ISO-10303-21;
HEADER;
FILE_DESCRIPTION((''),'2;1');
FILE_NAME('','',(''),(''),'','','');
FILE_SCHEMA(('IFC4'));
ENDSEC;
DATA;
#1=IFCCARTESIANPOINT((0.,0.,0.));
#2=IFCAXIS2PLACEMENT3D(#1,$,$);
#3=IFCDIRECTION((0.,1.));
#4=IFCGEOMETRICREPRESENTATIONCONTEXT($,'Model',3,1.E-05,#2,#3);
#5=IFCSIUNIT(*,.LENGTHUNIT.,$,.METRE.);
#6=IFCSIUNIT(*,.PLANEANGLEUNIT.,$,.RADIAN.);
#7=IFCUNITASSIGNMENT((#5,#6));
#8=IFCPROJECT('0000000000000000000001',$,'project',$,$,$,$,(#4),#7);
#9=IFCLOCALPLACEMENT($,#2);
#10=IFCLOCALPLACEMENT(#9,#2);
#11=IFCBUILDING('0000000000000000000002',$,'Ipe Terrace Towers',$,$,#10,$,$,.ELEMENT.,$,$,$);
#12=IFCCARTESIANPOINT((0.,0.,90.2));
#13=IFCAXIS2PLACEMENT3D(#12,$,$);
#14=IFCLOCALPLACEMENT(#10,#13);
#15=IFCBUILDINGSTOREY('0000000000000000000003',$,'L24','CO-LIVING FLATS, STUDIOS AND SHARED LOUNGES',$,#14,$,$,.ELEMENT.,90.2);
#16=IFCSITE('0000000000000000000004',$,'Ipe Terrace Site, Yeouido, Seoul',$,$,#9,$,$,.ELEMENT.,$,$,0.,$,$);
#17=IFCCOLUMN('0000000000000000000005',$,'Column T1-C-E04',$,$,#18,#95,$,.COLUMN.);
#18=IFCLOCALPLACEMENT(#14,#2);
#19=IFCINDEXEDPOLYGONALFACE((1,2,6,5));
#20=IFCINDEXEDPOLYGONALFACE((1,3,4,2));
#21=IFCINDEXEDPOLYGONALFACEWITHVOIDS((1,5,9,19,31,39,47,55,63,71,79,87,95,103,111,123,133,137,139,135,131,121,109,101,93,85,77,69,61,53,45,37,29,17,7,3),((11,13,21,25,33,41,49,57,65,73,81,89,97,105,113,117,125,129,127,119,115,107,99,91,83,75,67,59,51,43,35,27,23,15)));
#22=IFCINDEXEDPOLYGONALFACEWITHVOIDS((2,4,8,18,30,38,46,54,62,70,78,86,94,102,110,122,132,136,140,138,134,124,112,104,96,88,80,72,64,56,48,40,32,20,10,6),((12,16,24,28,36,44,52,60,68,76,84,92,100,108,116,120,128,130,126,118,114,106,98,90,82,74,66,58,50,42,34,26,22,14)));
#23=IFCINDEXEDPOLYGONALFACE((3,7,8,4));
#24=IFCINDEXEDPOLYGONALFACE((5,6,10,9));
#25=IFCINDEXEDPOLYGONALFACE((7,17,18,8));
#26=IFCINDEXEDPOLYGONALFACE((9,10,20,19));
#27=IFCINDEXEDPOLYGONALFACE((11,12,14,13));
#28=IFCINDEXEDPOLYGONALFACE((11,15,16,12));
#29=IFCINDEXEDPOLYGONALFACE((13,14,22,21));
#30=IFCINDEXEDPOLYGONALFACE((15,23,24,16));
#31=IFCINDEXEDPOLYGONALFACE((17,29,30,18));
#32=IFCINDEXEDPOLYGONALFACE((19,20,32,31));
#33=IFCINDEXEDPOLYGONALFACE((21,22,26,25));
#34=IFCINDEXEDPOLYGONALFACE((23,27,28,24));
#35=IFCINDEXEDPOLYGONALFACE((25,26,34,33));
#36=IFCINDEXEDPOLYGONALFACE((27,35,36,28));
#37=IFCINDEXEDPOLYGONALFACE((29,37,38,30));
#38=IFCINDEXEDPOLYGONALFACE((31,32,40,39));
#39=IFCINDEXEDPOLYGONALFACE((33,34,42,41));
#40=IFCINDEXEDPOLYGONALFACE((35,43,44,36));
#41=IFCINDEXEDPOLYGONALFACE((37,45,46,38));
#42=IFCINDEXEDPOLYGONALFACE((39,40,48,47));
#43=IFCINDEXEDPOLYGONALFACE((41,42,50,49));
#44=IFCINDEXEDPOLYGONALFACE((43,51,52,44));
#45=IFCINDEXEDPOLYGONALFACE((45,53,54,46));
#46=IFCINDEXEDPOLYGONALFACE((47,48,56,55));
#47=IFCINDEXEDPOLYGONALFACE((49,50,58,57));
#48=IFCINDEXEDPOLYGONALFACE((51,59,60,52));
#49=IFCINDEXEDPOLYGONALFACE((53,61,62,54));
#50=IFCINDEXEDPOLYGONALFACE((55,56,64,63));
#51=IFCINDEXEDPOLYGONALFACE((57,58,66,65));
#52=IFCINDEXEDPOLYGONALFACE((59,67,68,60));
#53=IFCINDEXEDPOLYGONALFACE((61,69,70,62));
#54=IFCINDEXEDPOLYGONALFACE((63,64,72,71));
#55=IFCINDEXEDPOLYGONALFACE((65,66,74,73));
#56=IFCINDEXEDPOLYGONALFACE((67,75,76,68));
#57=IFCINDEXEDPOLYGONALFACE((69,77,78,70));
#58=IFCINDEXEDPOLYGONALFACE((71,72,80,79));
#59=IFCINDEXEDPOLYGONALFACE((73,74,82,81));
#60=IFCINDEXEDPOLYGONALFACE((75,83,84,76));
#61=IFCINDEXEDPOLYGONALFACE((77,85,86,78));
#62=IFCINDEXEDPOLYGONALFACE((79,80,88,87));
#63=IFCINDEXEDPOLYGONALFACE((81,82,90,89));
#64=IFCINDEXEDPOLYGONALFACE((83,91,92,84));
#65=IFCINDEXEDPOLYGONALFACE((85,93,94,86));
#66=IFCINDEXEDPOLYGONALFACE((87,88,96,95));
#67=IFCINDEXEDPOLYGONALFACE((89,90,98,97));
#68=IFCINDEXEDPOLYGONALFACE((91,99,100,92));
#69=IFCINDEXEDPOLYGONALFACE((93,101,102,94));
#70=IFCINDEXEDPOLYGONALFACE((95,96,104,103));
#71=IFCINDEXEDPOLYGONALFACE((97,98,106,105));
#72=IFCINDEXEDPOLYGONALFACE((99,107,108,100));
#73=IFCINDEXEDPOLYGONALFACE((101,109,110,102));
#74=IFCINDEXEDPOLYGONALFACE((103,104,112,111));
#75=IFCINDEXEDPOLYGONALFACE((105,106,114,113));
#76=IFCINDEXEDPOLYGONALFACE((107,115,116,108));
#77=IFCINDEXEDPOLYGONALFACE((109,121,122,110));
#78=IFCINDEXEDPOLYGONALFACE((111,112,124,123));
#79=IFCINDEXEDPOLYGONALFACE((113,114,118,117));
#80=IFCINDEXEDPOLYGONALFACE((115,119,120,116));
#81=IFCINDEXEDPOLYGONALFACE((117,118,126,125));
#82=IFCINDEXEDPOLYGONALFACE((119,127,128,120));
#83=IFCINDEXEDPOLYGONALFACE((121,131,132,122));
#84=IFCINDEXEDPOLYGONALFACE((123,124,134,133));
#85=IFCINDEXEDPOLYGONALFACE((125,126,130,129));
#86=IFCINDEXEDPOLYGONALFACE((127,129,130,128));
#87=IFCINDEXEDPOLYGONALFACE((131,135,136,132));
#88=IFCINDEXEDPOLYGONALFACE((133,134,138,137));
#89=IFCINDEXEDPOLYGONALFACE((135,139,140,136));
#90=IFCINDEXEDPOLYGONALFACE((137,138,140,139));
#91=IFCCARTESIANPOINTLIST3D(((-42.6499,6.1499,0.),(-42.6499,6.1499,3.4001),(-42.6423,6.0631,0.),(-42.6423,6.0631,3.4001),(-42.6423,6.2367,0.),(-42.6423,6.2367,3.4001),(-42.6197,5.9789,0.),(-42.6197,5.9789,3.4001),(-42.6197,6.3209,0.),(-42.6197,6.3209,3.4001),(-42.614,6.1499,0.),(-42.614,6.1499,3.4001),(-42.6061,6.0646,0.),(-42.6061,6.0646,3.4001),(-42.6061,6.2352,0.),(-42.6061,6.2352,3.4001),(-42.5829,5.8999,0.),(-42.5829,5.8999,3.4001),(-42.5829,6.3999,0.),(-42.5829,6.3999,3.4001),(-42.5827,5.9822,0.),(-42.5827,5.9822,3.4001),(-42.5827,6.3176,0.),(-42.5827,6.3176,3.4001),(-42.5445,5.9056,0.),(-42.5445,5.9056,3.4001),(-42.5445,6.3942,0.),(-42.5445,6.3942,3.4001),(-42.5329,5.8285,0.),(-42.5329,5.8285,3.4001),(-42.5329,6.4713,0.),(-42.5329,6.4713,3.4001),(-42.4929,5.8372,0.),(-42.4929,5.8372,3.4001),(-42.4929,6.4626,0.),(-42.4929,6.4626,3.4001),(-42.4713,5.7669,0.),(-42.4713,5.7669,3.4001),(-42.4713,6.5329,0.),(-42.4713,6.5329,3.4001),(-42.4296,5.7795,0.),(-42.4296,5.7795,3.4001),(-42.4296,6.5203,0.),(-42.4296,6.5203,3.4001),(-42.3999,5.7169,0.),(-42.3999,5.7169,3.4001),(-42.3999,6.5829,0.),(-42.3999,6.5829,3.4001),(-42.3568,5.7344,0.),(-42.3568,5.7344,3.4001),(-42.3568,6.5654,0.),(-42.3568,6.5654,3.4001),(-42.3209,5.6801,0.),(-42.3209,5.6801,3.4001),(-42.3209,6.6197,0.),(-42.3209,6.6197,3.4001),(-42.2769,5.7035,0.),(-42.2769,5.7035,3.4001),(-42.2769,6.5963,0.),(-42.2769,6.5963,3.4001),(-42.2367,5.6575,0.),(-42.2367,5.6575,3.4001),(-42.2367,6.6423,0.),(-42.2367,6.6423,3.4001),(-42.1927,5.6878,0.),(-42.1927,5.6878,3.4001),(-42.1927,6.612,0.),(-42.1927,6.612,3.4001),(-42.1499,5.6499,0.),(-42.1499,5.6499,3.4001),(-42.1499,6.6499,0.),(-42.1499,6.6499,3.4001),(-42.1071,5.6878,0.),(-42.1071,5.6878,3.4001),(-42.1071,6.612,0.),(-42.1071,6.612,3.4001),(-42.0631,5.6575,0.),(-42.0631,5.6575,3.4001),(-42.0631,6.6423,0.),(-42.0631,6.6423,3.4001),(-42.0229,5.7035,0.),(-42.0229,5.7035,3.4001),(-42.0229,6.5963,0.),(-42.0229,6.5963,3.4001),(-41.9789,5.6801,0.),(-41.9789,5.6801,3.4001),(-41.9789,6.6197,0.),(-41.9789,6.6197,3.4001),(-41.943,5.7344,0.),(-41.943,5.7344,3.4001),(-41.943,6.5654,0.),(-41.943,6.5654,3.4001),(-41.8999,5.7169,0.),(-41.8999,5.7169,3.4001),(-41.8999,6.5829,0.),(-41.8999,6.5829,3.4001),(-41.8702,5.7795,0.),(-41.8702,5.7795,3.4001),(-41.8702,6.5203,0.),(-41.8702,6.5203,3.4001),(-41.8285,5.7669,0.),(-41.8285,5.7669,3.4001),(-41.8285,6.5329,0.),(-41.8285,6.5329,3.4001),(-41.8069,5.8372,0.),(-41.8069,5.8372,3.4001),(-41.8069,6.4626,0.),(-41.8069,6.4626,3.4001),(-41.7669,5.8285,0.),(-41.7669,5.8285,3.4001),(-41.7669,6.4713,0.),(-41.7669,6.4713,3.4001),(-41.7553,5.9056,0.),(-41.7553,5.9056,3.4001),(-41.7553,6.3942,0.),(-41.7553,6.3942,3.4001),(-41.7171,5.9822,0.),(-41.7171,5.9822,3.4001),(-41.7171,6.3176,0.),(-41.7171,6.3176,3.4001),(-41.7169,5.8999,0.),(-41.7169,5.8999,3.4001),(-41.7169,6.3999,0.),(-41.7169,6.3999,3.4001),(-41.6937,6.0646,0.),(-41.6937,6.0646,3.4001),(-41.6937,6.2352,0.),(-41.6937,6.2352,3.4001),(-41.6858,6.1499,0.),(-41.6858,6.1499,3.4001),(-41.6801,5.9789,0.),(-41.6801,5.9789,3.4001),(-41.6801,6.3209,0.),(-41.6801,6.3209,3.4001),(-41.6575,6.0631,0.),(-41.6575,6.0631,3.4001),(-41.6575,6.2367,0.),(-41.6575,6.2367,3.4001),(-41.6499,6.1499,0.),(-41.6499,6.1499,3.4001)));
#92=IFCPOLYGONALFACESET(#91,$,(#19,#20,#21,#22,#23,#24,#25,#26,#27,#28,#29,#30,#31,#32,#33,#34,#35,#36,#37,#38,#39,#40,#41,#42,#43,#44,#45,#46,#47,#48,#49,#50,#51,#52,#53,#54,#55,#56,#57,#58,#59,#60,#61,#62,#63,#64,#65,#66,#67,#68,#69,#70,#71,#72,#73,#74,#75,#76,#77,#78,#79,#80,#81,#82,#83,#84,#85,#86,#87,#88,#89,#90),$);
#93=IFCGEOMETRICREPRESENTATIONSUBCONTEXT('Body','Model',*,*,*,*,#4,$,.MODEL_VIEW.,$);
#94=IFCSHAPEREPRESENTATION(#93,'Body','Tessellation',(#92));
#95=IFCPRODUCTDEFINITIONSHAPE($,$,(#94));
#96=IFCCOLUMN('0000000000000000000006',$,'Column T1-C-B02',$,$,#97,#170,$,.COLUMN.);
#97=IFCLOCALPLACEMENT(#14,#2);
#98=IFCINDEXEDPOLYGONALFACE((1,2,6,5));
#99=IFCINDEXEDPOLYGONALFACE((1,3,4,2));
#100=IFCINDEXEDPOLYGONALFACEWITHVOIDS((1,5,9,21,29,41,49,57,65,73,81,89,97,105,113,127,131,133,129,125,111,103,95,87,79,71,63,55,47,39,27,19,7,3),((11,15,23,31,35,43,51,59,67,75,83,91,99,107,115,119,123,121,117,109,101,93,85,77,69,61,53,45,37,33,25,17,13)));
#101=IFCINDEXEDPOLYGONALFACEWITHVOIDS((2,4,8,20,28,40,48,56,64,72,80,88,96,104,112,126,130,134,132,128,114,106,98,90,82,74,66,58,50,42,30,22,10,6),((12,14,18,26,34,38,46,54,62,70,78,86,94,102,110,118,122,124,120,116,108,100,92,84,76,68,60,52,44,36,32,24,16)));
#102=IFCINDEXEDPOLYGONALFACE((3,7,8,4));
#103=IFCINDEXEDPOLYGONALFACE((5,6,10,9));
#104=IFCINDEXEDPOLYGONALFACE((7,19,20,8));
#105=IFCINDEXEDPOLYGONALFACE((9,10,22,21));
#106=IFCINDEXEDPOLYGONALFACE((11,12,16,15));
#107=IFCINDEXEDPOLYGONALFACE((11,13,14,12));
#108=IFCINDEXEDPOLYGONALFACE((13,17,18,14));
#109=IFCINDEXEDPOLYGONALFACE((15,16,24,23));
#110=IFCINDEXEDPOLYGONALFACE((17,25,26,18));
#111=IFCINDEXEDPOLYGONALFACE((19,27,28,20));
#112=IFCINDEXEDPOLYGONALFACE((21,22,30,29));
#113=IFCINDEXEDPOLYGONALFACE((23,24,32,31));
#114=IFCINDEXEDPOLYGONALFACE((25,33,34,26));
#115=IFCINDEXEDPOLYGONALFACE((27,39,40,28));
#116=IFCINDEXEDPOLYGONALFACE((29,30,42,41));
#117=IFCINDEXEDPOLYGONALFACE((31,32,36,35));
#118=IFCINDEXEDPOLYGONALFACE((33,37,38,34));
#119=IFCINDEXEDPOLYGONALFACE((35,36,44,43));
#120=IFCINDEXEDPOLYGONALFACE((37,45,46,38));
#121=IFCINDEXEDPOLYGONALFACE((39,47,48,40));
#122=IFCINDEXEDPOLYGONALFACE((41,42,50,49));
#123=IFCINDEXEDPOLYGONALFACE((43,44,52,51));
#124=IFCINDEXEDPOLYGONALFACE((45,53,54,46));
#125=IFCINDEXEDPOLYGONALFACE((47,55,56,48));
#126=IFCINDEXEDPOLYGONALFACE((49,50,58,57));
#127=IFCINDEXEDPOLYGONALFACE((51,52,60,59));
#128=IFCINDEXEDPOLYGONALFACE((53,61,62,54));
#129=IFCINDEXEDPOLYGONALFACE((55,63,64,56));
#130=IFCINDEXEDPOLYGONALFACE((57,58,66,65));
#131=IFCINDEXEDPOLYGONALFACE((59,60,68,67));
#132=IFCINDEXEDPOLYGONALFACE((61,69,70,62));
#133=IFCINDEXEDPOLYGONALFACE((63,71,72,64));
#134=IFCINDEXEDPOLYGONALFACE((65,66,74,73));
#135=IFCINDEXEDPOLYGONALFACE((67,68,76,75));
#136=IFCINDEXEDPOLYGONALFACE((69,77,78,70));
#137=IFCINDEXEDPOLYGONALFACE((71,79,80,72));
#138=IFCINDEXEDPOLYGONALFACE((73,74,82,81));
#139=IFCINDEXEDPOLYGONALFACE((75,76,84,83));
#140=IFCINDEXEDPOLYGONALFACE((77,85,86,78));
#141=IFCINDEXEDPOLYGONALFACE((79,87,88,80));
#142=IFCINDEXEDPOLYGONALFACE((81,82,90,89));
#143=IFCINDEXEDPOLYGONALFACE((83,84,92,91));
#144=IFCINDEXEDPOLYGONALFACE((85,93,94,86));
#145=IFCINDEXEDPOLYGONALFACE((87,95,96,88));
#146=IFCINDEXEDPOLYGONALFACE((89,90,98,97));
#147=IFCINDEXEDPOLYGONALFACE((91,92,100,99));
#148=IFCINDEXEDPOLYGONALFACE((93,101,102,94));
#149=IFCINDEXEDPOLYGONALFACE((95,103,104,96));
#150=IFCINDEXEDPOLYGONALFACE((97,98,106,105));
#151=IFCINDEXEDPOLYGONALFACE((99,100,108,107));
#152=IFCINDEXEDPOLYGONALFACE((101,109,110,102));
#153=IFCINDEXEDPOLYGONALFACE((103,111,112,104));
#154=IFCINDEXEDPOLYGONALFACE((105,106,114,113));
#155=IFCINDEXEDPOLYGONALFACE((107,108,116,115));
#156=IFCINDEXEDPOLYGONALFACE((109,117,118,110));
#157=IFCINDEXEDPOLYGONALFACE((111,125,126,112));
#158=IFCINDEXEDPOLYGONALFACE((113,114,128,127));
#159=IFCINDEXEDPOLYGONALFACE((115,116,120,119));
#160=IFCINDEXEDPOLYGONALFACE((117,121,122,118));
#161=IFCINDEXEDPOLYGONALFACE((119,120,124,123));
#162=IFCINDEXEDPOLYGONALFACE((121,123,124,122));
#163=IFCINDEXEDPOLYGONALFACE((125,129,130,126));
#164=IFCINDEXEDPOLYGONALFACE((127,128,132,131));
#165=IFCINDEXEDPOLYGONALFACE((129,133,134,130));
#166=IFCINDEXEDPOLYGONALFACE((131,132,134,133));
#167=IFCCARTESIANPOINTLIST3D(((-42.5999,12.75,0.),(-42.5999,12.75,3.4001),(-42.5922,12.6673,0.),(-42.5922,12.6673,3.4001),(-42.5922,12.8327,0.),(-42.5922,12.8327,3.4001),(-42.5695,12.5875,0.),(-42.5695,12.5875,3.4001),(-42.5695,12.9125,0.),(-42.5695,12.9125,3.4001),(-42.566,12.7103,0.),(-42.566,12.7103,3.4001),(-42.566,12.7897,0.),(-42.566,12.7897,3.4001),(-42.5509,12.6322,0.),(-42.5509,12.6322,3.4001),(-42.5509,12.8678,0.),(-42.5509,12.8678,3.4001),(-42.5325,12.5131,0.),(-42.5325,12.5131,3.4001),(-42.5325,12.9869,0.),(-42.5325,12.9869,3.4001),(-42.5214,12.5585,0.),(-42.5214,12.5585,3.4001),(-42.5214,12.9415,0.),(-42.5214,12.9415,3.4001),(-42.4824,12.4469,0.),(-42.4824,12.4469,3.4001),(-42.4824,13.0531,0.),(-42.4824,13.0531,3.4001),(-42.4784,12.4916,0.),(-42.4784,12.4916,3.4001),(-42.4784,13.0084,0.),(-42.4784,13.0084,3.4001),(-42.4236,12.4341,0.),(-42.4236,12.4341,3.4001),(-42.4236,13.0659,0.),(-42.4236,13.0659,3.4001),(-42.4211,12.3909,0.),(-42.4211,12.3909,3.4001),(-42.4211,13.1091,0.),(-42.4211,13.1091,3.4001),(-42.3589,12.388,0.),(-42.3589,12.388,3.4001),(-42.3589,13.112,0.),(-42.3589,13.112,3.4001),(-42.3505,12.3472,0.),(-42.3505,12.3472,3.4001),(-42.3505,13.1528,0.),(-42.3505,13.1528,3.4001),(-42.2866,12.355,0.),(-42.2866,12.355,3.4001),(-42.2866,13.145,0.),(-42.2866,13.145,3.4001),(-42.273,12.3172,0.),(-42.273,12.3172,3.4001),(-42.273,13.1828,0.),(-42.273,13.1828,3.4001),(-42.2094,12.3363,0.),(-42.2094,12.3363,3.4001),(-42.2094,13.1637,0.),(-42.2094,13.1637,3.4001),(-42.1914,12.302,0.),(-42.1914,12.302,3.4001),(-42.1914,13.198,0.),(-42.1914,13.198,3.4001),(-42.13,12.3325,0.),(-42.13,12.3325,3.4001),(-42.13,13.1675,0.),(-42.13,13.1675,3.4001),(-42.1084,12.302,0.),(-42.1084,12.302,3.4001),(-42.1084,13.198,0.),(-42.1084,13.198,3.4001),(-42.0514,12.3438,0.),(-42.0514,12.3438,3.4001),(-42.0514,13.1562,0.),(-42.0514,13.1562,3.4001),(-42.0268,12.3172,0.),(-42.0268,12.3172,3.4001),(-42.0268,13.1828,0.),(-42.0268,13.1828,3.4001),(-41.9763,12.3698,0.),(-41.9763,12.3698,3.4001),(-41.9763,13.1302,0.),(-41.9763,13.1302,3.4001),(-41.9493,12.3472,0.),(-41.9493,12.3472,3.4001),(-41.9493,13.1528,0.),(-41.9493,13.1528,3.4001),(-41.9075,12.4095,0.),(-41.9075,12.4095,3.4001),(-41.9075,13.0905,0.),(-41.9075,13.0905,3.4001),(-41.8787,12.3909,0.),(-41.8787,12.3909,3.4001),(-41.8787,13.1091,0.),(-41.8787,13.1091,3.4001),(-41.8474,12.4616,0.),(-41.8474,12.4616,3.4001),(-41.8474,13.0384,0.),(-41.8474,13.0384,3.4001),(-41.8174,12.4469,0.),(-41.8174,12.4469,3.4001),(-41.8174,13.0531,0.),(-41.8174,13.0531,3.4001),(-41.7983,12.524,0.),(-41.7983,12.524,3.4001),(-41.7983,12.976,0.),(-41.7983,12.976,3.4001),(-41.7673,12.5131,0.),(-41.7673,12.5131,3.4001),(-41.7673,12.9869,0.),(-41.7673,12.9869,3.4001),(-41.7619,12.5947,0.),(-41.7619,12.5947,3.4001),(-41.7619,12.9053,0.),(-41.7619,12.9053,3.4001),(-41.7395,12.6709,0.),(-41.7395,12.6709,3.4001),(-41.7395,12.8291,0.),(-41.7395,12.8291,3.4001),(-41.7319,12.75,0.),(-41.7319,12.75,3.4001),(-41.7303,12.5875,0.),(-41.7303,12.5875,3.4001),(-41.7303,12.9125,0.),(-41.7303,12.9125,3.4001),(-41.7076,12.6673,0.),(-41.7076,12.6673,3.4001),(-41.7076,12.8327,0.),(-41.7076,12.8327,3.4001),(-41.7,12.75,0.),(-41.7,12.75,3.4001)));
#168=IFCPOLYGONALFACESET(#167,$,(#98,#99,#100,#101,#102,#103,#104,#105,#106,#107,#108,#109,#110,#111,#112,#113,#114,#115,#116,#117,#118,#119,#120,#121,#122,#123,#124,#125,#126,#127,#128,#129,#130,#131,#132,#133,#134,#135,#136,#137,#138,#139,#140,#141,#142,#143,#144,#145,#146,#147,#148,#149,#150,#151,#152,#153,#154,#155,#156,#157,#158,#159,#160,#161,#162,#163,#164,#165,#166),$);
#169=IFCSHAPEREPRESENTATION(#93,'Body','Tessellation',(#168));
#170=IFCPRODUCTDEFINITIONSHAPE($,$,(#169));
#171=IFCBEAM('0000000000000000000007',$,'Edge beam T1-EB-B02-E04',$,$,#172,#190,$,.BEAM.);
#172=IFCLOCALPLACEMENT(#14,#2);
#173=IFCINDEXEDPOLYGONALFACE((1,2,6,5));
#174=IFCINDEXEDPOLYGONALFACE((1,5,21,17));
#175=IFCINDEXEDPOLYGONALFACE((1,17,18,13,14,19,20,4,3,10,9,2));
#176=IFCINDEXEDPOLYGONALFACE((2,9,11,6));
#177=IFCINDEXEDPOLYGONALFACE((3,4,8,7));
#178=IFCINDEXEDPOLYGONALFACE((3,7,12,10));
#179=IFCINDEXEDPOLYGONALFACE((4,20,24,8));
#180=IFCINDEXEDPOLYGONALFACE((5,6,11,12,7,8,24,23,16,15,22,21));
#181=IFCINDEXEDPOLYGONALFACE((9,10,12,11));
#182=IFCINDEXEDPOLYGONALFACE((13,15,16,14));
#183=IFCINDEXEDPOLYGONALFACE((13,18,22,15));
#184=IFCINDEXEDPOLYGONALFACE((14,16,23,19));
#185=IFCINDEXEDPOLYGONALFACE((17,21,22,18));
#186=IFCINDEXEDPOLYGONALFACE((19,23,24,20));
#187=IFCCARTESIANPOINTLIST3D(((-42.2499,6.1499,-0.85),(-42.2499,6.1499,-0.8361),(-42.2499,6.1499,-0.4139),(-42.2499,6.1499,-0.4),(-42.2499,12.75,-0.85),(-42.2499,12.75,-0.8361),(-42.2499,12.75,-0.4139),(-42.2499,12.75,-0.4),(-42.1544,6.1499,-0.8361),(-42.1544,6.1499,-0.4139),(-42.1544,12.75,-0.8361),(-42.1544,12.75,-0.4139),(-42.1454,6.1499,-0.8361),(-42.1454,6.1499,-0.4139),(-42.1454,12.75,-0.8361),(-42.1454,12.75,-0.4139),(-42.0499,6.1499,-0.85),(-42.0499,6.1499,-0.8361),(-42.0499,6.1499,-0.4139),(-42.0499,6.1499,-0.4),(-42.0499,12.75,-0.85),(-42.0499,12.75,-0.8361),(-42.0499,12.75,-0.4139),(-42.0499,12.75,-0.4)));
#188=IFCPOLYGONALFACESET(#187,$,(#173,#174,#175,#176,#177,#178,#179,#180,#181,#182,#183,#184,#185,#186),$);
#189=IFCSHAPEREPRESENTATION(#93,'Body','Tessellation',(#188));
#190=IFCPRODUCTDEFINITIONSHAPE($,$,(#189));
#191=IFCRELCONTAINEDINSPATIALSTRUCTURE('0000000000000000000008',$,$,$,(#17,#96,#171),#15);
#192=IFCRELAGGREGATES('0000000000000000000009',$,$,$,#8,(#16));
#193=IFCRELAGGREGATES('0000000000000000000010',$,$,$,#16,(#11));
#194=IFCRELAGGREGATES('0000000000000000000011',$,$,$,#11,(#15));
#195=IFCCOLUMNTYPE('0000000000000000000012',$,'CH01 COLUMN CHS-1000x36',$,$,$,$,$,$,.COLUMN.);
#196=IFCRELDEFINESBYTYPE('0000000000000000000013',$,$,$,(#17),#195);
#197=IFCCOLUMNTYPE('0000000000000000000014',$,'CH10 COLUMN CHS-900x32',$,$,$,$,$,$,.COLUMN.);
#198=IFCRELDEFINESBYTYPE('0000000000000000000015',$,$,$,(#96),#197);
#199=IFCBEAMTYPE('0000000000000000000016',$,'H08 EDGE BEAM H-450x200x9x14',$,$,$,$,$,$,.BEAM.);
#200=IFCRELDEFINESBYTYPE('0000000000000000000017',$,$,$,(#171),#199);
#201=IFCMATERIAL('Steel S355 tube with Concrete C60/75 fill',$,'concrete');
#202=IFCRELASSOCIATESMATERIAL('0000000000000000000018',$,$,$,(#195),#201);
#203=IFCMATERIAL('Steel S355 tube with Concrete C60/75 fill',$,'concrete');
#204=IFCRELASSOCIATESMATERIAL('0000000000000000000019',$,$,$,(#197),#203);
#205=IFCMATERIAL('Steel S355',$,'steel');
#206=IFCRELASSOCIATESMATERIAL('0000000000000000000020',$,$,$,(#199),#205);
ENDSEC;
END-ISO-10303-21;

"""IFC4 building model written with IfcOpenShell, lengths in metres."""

from ifc_helpers import new_model, si_unit, direction, frame, origin, origin_2d, place, context, subcontext, project, spatial, hollow_circle, i_section, extrude, material, material_profile, profile_set, type_object, element, save


model = new_model("IFC4")

# Units and contexts
model_context = context("Model", 3, precision=1e-05, world=origin(), true_north=direction((0.0, 1.0)))
body_context = subcontext(model_context, "Body", "Model", "MODEL_VIEW")
ifc_project = project(units=[si_unit("LENGTHUNIT", "METRE"), si_unit("PLANEANGLEUNIT", "RADIAN")], contexts=[model_context])

# Site, building, storey
site_placement = place(None, origin())
site = spatial("IfcSite", under=ifc_project, at=site_placement, Name="Ipe Terrace Site, Yeouido, Seoul", CompositionType="ELEMENT", RefElevation=0.0)
building_placement = place(site_placement, origin())
building = spatial("IfcBuilding", under=site, at=building_placement, Name="Ipe Terrace Towers", CompositionType="ELEMENT")
storey_placement = place(building_placement, frame((0.0, 0.0, 90.2)))
storey = spatial("IfcBuildingStorey", under=building, at=storey_placement, Name="L24", Description="CO-LIVING FLATS, STUDIOS AND SHARED LOUNGES", CompositionType="ELEMENT", Elevation=90.2)

# Columns
ifc_material_1 = material(Name="Steel S355 tube with Concrete C60/75 fill", Category="concrete")
ifc_material_profile_1 = material_profile(ifc_material_1, hollow_circle(Radius=0.5, WallThickness=0.0359, at=origin_2d()), Name="CHS-1000x36")
ifc_profile_set_1 = profile_set([ifc_material_profile_1], Name="Steel S355 tube with Concrete C60/75 fill")
column_type_1 = type_object("IfcColumnType", Name="CH01 COLUMN CHS-1000x36", PredefinedType="COLUMN", material=ifc_profile_set_1)
column_1_placement = place(storey_placement, frame((-42.1499, 6.1499, 0.0), z_axis=(0.0, 0.0, 1.0), x_axis=(1.0, 0.0, 0.0)))
element("IfcColumn", 1, at=column_1_placement, inside=storey, type_object=column_type_1, Name="Column T1-C-E04", PredefinedType="COLUMN", context=body_context, shape_type="SweptSolid", body=[
    extrude(hollow_circle(Radius=0.5, WallThickness=0.0359, at=origin_2d()), origin(), (0.0, 0.0, 1.0), 3.4001),
])
ifc_material_2 = material(Name="Steel S355 tube with Concrete C60/75 fill", Category="concrete")
ifc_material_profile_2 = material_profile(ifc_material_2, hollow_circle(Radius=0.45, WallThickness=0.032, at=origin_2d()), Name="CHS-900x32")
ifc_profile_set_2 = profile_set([ifc_material_profile_2], Name="Steel S355 tube with Concrete C60/75 fill")
column_type_2 = type_object("IfcColumnType", Name="CH10 COLUMN CHS-900x32", PredefinedType="COLUMN", material=ifc_profile_set_2)
column_2_placement = place(storey_placement, frame((-42.1499, 12.75, 0.0), z_axis=(0.0, 0.0, 1.0), x_axis=(1.0, 0.0, 0.0)))
element("IfcColumn", 2, at=column_2_placement, inside=storey, type_object=column_type_2, Name="Column T1-C-B02", PredefinedType="COLUMN", context=body_context, shape_type="SweptSolid", body=[
    extrude(hollow_circle(Radius=0.45, WallThickness=0.032, at=origin_2d()), origin(), (0.0, 0.0, 1.0), 3.4001),
])

# Beam
ifc_material_3 = material(Name="Steel S355", Category="steel")
ifc_material_profile_3 = material_profile(ifc_material_3, i_section(OverallWidth=0.2, OverallDepth=0.45, WebThickness=0.009, FlangeThickness=0.0139, at=origin_2d()), Name="H-450x200x9x14")
ifc_profile_set_3 = profile_set([ifc_material_profile_3], Name="Steel S355")
beam_type = type_object("IfcBeamType", Name="H08 EDGE BEAM H-450x200x9x14", PredefinedType="BEAM", material=ifc_profile_set_3)
beam_placement = place(storey_placement, frame((-42.1499, 12.75, -0.625), z_axis=(0.0, -1.0, 0.0), x_axis=(1.0, 0.0, 0.0)))
element("IfcBeam", 3, at=beam_placement, inside=storey, type_object=beam_type, Name="Edge beam T1-EB-B02-E04", PredefinedType="BEAM", context=body_context, shape_type="SweptSolid", body=[
    extrude(i_section(OverallWidth=0.2, OverallDepth=0.45, WebThickness=0.009, FlangeThickness=0.0139, at=origin_2d()), origin(), (0.0, 0.0, 1.0), 6.6001),
])

save(model, "model.ifc")
